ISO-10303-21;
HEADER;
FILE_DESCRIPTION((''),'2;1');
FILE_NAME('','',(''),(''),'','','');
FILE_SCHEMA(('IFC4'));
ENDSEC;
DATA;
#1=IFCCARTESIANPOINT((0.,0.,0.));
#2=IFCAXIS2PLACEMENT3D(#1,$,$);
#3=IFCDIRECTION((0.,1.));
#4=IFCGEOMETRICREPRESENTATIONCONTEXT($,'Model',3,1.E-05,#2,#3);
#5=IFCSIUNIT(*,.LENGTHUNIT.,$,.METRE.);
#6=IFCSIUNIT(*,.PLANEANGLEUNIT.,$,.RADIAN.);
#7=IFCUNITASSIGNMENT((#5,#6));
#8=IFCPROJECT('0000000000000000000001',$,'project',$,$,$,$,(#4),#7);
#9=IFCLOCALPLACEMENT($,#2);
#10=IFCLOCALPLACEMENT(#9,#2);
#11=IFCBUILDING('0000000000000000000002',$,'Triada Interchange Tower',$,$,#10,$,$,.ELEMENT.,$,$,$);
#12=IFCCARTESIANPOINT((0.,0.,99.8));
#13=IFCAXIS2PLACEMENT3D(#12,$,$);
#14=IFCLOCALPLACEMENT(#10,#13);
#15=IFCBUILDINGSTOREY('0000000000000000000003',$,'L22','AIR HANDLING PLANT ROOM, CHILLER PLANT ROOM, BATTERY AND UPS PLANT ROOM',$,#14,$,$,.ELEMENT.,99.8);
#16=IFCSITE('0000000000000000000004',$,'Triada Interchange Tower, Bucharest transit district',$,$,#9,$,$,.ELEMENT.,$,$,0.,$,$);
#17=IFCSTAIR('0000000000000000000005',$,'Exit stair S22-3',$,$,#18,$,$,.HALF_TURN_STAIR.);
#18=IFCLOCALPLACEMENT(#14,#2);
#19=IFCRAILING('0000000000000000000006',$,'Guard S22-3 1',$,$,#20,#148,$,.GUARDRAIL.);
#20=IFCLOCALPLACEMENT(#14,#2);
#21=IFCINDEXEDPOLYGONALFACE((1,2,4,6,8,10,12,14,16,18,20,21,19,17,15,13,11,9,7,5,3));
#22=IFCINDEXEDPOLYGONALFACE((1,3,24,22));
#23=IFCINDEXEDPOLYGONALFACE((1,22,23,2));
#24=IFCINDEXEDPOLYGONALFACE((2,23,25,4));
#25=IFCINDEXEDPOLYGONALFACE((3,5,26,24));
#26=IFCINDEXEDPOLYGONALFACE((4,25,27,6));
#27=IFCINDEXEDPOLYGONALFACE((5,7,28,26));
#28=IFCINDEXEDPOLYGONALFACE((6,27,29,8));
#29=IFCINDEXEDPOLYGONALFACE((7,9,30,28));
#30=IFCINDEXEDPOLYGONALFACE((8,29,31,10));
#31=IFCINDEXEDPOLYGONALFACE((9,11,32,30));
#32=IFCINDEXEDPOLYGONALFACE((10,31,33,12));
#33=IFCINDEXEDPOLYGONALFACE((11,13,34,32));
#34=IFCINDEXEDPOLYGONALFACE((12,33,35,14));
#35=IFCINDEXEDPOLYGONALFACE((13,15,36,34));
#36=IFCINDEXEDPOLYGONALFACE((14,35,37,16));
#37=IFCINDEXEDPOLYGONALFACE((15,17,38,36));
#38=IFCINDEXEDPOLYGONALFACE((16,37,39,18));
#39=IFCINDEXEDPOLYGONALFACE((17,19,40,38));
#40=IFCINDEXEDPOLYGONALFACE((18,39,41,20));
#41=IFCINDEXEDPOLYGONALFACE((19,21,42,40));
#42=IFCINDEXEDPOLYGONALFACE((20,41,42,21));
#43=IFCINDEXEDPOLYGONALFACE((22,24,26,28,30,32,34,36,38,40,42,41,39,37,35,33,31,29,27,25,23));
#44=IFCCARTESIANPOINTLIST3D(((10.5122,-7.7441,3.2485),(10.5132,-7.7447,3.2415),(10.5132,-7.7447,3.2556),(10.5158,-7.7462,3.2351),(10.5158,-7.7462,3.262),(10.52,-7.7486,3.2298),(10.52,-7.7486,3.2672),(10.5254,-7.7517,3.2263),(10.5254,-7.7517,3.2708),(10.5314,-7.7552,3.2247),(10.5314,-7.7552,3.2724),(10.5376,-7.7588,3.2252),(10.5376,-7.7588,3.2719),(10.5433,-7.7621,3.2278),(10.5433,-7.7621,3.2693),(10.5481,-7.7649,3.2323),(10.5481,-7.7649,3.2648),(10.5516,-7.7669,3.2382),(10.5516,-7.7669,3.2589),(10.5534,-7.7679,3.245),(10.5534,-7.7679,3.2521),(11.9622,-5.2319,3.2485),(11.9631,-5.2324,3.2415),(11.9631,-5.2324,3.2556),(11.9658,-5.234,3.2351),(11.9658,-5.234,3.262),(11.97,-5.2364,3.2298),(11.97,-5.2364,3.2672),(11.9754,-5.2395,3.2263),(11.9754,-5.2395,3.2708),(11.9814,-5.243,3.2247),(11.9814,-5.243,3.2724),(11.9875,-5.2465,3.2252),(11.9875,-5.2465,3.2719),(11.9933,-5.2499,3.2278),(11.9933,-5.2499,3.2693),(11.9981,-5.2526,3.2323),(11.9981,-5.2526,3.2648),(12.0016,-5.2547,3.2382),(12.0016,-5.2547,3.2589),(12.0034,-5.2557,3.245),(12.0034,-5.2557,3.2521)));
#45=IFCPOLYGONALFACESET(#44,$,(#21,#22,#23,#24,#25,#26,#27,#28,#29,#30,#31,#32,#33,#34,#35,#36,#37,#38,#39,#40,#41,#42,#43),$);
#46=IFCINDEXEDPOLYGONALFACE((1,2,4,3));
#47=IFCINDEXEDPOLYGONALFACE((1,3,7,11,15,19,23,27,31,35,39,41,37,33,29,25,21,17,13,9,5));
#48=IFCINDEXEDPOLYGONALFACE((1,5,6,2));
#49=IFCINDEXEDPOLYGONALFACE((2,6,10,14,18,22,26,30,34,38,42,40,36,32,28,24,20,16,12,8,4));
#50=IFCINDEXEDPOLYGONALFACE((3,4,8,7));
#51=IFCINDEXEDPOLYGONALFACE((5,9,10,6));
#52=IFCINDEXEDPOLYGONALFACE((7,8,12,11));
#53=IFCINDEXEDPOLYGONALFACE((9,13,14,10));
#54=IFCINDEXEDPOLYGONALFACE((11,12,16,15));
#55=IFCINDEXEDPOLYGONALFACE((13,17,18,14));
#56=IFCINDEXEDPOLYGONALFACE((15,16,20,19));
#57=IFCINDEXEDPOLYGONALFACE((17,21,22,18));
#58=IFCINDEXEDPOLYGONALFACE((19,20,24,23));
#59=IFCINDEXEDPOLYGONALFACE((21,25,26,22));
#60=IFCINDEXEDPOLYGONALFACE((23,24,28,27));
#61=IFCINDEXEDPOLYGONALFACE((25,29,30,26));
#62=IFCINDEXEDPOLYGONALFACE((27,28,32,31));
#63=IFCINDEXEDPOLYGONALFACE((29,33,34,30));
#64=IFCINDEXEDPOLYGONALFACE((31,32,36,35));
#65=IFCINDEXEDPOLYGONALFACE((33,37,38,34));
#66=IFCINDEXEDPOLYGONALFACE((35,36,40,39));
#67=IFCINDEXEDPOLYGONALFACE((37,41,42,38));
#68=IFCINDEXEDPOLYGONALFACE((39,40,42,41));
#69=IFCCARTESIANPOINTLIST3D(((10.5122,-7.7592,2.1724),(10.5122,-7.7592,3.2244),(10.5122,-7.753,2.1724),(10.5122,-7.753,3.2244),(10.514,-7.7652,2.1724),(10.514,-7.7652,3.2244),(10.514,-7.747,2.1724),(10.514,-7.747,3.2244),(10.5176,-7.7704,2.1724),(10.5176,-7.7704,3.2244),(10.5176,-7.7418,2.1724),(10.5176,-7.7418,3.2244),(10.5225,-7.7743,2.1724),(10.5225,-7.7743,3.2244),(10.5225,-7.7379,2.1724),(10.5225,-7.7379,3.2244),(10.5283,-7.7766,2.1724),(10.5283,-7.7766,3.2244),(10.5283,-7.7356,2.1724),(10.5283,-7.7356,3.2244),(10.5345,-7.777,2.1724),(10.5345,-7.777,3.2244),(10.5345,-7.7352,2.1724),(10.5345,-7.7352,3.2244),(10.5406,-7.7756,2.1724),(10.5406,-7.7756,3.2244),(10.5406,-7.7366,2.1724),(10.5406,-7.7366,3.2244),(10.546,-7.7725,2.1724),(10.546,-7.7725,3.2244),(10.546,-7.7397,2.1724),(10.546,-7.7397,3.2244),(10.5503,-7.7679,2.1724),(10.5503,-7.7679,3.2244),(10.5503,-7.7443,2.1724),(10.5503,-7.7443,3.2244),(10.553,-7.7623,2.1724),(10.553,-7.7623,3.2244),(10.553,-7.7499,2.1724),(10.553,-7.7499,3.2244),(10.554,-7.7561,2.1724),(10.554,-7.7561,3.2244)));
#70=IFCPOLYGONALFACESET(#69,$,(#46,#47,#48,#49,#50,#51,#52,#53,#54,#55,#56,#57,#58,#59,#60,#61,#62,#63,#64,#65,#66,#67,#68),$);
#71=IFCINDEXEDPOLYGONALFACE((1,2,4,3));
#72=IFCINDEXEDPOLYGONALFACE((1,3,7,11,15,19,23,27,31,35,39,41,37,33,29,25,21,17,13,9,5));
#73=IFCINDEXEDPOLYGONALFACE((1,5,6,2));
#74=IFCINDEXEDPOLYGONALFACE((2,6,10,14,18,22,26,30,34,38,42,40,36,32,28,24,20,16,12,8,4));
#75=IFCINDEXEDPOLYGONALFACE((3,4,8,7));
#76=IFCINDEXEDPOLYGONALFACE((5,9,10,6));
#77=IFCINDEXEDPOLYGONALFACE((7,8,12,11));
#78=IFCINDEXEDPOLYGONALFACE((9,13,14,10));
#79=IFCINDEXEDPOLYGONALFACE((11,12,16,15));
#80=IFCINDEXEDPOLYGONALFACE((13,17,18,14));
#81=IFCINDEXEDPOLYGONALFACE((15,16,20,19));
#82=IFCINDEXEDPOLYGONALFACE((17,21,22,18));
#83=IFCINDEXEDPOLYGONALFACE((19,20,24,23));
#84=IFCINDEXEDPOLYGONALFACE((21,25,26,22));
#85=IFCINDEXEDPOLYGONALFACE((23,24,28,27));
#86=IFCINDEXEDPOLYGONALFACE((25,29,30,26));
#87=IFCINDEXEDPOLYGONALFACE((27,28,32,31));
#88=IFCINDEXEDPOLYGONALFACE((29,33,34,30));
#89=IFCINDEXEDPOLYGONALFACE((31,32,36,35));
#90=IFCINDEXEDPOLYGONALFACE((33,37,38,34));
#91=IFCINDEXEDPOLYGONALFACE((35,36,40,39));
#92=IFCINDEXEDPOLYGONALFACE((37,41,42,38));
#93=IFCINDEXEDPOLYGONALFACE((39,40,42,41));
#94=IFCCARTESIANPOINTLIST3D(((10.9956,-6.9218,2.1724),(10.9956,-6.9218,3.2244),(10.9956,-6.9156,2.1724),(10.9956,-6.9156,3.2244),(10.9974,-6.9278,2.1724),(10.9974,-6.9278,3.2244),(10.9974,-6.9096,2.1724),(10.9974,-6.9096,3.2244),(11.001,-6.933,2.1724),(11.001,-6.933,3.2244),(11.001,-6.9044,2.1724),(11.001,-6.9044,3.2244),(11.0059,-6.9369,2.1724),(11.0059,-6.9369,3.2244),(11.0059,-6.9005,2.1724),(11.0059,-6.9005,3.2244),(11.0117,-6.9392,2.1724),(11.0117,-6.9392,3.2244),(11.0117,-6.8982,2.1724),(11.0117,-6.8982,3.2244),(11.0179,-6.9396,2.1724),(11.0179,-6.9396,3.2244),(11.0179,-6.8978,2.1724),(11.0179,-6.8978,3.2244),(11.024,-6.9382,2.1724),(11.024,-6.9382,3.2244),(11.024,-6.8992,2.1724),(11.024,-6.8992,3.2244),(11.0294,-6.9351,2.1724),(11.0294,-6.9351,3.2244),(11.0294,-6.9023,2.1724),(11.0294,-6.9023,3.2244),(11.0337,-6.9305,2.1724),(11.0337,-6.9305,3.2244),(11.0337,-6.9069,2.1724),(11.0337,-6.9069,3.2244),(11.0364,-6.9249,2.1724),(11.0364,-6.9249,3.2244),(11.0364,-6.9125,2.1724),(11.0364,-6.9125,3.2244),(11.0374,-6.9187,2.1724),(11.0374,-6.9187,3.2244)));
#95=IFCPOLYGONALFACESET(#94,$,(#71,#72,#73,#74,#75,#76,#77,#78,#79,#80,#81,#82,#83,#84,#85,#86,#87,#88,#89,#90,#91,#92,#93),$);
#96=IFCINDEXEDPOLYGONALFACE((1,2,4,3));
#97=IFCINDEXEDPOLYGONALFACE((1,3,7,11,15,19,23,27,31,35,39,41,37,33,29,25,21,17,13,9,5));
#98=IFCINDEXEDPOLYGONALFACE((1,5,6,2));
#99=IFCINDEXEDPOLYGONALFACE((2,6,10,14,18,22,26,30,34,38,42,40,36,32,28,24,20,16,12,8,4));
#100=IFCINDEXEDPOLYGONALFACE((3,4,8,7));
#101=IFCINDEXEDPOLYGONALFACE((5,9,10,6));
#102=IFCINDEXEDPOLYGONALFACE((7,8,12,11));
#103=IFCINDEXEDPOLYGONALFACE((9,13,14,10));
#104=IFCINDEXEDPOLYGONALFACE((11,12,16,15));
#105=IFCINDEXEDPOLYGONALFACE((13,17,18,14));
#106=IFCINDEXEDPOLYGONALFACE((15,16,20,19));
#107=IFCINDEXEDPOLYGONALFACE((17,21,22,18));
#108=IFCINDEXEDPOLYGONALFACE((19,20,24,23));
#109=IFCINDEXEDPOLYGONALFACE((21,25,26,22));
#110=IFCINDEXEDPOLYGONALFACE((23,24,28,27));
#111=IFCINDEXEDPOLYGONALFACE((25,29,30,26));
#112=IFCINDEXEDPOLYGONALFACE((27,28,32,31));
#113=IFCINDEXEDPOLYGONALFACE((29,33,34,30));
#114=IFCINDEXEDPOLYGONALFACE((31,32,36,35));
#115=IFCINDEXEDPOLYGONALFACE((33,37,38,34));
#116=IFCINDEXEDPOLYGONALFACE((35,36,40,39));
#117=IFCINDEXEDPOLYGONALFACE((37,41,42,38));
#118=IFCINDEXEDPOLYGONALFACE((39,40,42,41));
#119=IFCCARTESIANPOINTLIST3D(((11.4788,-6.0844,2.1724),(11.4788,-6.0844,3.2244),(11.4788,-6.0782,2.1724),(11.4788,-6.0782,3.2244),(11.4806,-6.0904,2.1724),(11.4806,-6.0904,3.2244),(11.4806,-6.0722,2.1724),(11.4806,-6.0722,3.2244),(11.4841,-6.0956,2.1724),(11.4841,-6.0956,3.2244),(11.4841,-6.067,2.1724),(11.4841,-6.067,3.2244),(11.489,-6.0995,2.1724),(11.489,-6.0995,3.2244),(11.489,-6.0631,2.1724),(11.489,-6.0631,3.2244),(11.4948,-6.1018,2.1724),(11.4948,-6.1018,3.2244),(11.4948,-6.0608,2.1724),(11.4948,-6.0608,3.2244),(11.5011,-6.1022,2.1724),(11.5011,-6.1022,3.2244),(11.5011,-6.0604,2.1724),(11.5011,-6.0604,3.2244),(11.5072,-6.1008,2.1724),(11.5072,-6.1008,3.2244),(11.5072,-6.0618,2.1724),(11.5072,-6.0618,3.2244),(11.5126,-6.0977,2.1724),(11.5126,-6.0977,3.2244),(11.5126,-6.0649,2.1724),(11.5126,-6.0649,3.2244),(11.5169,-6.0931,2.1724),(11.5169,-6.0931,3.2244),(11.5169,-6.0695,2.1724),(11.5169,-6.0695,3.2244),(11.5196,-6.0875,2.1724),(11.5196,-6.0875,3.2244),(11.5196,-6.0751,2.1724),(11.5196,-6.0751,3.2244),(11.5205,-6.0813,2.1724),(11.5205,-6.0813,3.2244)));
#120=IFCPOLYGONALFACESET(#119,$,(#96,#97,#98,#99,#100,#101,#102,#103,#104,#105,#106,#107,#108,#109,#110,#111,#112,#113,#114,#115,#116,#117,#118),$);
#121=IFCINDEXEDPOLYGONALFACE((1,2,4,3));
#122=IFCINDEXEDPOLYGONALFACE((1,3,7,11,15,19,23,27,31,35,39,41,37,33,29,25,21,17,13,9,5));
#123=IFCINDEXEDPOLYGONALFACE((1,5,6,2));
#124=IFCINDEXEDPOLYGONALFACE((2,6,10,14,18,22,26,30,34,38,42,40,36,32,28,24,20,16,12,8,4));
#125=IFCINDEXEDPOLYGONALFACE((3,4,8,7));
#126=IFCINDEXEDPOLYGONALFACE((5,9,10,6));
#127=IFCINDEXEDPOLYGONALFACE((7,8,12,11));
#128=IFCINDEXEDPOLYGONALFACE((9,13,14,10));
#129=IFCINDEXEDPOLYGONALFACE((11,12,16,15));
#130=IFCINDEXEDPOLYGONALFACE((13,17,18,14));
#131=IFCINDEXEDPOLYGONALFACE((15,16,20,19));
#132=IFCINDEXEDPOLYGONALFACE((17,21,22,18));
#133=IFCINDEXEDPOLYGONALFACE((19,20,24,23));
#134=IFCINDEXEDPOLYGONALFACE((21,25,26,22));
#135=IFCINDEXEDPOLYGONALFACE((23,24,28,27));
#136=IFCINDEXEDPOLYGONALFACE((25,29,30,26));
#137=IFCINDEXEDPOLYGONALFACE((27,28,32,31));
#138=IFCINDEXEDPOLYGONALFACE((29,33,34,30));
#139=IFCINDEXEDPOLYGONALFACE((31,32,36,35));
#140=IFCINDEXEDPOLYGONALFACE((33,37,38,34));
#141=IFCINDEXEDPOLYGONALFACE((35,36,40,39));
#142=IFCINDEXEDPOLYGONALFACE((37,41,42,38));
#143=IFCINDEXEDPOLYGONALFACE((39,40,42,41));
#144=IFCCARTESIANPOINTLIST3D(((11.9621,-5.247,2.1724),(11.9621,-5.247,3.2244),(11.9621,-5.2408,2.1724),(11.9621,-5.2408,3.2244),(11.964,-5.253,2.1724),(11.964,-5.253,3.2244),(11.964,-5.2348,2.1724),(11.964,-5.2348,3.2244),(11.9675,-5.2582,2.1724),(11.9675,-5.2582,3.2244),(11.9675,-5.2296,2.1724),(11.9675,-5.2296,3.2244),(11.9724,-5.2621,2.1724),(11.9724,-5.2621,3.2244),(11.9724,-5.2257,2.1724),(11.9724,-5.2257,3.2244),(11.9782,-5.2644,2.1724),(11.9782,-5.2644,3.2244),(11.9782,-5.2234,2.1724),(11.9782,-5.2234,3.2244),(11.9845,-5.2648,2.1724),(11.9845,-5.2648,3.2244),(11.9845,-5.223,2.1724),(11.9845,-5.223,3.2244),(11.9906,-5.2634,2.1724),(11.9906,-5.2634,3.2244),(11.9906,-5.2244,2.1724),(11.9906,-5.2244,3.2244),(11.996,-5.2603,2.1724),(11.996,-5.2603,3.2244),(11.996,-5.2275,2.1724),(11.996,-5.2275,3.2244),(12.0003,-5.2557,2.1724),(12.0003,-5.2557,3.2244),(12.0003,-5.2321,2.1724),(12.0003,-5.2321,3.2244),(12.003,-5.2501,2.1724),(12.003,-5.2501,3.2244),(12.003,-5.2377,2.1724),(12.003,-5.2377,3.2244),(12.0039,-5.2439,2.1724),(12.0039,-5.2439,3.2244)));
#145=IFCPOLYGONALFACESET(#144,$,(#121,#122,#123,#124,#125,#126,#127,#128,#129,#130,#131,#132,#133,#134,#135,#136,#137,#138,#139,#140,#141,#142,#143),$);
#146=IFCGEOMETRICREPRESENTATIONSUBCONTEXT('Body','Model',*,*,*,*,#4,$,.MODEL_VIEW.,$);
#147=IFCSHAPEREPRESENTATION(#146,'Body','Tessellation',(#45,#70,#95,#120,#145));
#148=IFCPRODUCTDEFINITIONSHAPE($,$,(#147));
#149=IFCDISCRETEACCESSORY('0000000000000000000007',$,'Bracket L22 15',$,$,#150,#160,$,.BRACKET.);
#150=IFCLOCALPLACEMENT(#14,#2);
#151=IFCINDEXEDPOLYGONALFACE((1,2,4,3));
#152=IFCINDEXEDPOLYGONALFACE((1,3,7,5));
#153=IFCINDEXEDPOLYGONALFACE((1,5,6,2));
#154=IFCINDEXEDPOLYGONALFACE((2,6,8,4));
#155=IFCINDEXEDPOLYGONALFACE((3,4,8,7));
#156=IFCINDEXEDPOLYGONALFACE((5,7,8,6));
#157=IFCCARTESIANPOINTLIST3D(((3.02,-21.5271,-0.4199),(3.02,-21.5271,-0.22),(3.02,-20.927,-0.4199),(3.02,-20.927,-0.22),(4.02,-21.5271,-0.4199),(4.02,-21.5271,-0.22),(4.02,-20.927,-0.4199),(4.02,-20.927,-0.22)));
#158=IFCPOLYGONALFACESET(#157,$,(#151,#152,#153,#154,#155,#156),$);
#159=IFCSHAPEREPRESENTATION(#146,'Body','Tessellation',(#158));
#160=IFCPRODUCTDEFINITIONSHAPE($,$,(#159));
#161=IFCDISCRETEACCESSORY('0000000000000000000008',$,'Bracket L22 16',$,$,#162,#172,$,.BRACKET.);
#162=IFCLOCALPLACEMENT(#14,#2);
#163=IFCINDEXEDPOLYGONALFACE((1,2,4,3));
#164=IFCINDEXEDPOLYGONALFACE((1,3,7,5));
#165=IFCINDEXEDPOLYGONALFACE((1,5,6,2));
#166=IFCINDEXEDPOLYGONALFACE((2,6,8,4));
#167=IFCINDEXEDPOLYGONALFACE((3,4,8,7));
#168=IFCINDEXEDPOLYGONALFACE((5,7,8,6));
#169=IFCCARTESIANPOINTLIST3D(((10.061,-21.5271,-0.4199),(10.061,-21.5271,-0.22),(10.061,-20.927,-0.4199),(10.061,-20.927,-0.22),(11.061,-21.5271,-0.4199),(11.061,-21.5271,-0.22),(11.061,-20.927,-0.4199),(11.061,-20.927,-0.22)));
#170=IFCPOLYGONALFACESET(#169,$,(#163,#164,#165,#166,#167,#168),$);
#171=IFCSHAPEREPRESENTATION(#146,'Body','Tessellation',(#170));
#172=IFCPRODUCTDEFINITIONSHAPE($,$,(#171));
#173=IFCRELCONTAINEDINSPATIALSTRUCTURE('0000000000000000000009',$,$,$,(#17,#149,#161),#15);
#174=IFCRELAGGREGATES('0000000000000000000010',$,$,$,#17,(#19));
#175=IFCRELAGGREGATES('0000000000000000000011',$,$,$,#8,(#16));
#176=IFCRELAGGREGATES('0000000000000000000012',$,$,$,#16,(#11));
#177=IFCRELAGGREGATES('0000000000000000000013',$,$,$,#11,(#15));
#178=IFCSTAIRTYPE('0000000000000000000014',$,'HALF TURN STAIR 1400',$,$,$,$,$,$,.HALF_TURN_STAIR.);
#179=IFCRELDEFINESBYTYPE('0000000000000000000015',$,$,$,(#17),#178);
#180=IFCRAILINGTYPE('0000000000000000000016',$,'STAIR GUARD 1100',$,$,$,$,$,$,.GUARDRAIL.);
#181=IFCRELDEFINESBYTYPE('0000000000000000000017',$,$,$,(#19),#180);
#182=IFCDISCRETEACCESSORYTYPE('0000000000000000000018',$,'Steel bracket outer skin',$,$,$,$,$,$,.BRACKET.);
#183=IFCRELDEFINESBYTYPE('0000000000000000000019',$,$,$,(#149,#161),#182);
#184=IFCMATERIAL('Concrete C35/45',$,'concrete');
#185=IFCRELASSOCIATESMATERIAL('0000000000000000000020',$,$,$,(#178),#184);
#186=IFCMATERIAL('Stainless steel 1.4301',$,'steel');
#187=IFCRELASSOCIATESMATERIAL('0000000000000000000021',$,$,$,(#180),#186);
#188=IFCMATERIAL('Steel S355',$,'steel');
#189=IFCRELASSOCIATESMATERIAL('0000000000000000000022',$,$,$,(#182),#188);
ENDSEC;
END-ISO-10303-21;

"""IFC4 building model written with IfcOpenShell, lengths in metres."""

from ifc_helpers import new_model, si_unit, direction, frame, origin, origin_2d, place, context, subcontext, project, spatial, rectangle, circle, extrude, material, type_object, element, aggregate, save


model = new_model("IFC4")

# Units and contexts
model_context = context("Model", 3, precision=1e-05, world=origin(), true_north=direction((0.0, 1.0)))
body_context = subcontext(model_context, "Body", "Model", "MODEL_VIEW")
ifc_project = project(units=[si_unit("LENGTHUNIT", "METRE"), si_unit("PLANEANGLEUNIT", "RADIAN")], contexts=[model_context])

# Site, building, storey
site_placement = place(None, origin())
site = spatial("IfcSite", under=ifc_project, at=site_placement, Name="Triada Interchange Tower, Bucharest transit district", CompositionType="ELEMENT", RefElevation=0.0)
building_placement = place(site_placement, origin())
building = spatial("IfcBuilding", under=site, at=building_placement, Name="Triada Interchange Tower", CompositionType="ELEMENT")
storey_placement = place(building_placement, frame((0.0, 0.0, 99.8)))
storey = spatial("IfcBuildingStorey", under=building, at=storey_placement, Name="L22", Description="AIR HANDLING PLANT ROOM, CHILLER PLANT ROOM, BATTERY AND UPS PLANT ROOM", CompositionType="ELEMENT", Elevation=99.8)

# Shared definitions
ifc_material_1 = material(Name="Steel S355", Category="steel")

# Shared definitions
ifc_material_2 = material(Name="Concrete C35/45", Category="concrete")

# Stair, railing
stair_type = type_object("IfcStairType", Name="HALF TURN STAIR 1400", PredefinedType="HALF_TURN_STAIR", material=ifc_material_2)
stair_placement = place(storey_placement, origin())
stair = element("IfcStair", 1, at=stair_placement, inside=storey, type_object=stair_type, Name="Exit stair S22-3", PredefinedType="HALF_TURN_STAIR")
ifc_material_3 = material(Name="Stainless steel 1.4301", Category="steel")
railing_type = type_object("IfcRailingType", Name="STAIR GUARD 1100", PredefinedType="GUARDRAIL", material=ifc_material_3)
railing_placement = place(storey_placement, frame((10.533, -7.7561, 2.1724)))
railing = element("IfcRailing", 2, at=railing_placement, type_object=railing_type, Name="Guard S22-3 1", PredefinedType="GUARDRAIL", context=body_context, shape_type="SweptSolid", body=[
    extrude(circle(Radius=0.0239, at=origin_2d()), frame((0.0, 0.0, 1.0762), z_axis=(0.499878, 0.866096, 0.0), x_axis=(-0.866096, 0.499878, 0.0)), (0.0, 0.0, 1.0), 2.9006),
    extrude(circle(Radius=0.021, at=origin_2d()), origin(), (0.0, 0.0, 1.0), 1.052),
    extrude(circle(Radius=0.021, at=origin_2d()), frame((0.4834, 0.8374, 0.0)), (0.0, 0.0, 1.0), 1.052),
    extrude(circle(Radius=0.021, at=origin_2d()), frame((0.9666, 1.6748, 0.0)), (0.0, 0.0, 1.0), 1.052),
    extrude(circle(Radius=0.021, at=origin_2d()), frame((1.45, 2.5122, 0.0)), (0.0, 0.0, 1.0), 1.052),
])
aggregate(stair, [railing])

# Discrete accessories
discrete_accessory_type = type_object("IfcDiscreteAccessoryType", Name="Steel bracket outer skin", PredefinedType="BRACKET", material=ifc_material_1)
for number, where, z_axis, x_axis, name in (
    (3, (3.52, -21.2271, -0.4199), (0.0, 0.0, 1.0), (0.0, -1.0, 0.0), "Bracket L22 15"),
    (4, (10.561, -21.2271, -0.4199), (0.0, 0.0, 1.0), (0.0, -1.0, 0.0), "Bracket L22 16"),
):
    element("IfcDiscreteAccessory", number, at=place(storey_placement, frame(where, z_axis=z_axis, x_axis=x_axis)), inside=storey, type_object=discrete_accessory_type, Name=name, PredefinedType="BRACKET", context=body_context, shape_type="SweptSolid", body=[
        extrude(rectangle(XDim=0.6001, YDim=1.0, at=origin_2d()), origin(), (0.0, 0.0, 1.0), 0.2),
    ])

save(model, "model.ifc")
